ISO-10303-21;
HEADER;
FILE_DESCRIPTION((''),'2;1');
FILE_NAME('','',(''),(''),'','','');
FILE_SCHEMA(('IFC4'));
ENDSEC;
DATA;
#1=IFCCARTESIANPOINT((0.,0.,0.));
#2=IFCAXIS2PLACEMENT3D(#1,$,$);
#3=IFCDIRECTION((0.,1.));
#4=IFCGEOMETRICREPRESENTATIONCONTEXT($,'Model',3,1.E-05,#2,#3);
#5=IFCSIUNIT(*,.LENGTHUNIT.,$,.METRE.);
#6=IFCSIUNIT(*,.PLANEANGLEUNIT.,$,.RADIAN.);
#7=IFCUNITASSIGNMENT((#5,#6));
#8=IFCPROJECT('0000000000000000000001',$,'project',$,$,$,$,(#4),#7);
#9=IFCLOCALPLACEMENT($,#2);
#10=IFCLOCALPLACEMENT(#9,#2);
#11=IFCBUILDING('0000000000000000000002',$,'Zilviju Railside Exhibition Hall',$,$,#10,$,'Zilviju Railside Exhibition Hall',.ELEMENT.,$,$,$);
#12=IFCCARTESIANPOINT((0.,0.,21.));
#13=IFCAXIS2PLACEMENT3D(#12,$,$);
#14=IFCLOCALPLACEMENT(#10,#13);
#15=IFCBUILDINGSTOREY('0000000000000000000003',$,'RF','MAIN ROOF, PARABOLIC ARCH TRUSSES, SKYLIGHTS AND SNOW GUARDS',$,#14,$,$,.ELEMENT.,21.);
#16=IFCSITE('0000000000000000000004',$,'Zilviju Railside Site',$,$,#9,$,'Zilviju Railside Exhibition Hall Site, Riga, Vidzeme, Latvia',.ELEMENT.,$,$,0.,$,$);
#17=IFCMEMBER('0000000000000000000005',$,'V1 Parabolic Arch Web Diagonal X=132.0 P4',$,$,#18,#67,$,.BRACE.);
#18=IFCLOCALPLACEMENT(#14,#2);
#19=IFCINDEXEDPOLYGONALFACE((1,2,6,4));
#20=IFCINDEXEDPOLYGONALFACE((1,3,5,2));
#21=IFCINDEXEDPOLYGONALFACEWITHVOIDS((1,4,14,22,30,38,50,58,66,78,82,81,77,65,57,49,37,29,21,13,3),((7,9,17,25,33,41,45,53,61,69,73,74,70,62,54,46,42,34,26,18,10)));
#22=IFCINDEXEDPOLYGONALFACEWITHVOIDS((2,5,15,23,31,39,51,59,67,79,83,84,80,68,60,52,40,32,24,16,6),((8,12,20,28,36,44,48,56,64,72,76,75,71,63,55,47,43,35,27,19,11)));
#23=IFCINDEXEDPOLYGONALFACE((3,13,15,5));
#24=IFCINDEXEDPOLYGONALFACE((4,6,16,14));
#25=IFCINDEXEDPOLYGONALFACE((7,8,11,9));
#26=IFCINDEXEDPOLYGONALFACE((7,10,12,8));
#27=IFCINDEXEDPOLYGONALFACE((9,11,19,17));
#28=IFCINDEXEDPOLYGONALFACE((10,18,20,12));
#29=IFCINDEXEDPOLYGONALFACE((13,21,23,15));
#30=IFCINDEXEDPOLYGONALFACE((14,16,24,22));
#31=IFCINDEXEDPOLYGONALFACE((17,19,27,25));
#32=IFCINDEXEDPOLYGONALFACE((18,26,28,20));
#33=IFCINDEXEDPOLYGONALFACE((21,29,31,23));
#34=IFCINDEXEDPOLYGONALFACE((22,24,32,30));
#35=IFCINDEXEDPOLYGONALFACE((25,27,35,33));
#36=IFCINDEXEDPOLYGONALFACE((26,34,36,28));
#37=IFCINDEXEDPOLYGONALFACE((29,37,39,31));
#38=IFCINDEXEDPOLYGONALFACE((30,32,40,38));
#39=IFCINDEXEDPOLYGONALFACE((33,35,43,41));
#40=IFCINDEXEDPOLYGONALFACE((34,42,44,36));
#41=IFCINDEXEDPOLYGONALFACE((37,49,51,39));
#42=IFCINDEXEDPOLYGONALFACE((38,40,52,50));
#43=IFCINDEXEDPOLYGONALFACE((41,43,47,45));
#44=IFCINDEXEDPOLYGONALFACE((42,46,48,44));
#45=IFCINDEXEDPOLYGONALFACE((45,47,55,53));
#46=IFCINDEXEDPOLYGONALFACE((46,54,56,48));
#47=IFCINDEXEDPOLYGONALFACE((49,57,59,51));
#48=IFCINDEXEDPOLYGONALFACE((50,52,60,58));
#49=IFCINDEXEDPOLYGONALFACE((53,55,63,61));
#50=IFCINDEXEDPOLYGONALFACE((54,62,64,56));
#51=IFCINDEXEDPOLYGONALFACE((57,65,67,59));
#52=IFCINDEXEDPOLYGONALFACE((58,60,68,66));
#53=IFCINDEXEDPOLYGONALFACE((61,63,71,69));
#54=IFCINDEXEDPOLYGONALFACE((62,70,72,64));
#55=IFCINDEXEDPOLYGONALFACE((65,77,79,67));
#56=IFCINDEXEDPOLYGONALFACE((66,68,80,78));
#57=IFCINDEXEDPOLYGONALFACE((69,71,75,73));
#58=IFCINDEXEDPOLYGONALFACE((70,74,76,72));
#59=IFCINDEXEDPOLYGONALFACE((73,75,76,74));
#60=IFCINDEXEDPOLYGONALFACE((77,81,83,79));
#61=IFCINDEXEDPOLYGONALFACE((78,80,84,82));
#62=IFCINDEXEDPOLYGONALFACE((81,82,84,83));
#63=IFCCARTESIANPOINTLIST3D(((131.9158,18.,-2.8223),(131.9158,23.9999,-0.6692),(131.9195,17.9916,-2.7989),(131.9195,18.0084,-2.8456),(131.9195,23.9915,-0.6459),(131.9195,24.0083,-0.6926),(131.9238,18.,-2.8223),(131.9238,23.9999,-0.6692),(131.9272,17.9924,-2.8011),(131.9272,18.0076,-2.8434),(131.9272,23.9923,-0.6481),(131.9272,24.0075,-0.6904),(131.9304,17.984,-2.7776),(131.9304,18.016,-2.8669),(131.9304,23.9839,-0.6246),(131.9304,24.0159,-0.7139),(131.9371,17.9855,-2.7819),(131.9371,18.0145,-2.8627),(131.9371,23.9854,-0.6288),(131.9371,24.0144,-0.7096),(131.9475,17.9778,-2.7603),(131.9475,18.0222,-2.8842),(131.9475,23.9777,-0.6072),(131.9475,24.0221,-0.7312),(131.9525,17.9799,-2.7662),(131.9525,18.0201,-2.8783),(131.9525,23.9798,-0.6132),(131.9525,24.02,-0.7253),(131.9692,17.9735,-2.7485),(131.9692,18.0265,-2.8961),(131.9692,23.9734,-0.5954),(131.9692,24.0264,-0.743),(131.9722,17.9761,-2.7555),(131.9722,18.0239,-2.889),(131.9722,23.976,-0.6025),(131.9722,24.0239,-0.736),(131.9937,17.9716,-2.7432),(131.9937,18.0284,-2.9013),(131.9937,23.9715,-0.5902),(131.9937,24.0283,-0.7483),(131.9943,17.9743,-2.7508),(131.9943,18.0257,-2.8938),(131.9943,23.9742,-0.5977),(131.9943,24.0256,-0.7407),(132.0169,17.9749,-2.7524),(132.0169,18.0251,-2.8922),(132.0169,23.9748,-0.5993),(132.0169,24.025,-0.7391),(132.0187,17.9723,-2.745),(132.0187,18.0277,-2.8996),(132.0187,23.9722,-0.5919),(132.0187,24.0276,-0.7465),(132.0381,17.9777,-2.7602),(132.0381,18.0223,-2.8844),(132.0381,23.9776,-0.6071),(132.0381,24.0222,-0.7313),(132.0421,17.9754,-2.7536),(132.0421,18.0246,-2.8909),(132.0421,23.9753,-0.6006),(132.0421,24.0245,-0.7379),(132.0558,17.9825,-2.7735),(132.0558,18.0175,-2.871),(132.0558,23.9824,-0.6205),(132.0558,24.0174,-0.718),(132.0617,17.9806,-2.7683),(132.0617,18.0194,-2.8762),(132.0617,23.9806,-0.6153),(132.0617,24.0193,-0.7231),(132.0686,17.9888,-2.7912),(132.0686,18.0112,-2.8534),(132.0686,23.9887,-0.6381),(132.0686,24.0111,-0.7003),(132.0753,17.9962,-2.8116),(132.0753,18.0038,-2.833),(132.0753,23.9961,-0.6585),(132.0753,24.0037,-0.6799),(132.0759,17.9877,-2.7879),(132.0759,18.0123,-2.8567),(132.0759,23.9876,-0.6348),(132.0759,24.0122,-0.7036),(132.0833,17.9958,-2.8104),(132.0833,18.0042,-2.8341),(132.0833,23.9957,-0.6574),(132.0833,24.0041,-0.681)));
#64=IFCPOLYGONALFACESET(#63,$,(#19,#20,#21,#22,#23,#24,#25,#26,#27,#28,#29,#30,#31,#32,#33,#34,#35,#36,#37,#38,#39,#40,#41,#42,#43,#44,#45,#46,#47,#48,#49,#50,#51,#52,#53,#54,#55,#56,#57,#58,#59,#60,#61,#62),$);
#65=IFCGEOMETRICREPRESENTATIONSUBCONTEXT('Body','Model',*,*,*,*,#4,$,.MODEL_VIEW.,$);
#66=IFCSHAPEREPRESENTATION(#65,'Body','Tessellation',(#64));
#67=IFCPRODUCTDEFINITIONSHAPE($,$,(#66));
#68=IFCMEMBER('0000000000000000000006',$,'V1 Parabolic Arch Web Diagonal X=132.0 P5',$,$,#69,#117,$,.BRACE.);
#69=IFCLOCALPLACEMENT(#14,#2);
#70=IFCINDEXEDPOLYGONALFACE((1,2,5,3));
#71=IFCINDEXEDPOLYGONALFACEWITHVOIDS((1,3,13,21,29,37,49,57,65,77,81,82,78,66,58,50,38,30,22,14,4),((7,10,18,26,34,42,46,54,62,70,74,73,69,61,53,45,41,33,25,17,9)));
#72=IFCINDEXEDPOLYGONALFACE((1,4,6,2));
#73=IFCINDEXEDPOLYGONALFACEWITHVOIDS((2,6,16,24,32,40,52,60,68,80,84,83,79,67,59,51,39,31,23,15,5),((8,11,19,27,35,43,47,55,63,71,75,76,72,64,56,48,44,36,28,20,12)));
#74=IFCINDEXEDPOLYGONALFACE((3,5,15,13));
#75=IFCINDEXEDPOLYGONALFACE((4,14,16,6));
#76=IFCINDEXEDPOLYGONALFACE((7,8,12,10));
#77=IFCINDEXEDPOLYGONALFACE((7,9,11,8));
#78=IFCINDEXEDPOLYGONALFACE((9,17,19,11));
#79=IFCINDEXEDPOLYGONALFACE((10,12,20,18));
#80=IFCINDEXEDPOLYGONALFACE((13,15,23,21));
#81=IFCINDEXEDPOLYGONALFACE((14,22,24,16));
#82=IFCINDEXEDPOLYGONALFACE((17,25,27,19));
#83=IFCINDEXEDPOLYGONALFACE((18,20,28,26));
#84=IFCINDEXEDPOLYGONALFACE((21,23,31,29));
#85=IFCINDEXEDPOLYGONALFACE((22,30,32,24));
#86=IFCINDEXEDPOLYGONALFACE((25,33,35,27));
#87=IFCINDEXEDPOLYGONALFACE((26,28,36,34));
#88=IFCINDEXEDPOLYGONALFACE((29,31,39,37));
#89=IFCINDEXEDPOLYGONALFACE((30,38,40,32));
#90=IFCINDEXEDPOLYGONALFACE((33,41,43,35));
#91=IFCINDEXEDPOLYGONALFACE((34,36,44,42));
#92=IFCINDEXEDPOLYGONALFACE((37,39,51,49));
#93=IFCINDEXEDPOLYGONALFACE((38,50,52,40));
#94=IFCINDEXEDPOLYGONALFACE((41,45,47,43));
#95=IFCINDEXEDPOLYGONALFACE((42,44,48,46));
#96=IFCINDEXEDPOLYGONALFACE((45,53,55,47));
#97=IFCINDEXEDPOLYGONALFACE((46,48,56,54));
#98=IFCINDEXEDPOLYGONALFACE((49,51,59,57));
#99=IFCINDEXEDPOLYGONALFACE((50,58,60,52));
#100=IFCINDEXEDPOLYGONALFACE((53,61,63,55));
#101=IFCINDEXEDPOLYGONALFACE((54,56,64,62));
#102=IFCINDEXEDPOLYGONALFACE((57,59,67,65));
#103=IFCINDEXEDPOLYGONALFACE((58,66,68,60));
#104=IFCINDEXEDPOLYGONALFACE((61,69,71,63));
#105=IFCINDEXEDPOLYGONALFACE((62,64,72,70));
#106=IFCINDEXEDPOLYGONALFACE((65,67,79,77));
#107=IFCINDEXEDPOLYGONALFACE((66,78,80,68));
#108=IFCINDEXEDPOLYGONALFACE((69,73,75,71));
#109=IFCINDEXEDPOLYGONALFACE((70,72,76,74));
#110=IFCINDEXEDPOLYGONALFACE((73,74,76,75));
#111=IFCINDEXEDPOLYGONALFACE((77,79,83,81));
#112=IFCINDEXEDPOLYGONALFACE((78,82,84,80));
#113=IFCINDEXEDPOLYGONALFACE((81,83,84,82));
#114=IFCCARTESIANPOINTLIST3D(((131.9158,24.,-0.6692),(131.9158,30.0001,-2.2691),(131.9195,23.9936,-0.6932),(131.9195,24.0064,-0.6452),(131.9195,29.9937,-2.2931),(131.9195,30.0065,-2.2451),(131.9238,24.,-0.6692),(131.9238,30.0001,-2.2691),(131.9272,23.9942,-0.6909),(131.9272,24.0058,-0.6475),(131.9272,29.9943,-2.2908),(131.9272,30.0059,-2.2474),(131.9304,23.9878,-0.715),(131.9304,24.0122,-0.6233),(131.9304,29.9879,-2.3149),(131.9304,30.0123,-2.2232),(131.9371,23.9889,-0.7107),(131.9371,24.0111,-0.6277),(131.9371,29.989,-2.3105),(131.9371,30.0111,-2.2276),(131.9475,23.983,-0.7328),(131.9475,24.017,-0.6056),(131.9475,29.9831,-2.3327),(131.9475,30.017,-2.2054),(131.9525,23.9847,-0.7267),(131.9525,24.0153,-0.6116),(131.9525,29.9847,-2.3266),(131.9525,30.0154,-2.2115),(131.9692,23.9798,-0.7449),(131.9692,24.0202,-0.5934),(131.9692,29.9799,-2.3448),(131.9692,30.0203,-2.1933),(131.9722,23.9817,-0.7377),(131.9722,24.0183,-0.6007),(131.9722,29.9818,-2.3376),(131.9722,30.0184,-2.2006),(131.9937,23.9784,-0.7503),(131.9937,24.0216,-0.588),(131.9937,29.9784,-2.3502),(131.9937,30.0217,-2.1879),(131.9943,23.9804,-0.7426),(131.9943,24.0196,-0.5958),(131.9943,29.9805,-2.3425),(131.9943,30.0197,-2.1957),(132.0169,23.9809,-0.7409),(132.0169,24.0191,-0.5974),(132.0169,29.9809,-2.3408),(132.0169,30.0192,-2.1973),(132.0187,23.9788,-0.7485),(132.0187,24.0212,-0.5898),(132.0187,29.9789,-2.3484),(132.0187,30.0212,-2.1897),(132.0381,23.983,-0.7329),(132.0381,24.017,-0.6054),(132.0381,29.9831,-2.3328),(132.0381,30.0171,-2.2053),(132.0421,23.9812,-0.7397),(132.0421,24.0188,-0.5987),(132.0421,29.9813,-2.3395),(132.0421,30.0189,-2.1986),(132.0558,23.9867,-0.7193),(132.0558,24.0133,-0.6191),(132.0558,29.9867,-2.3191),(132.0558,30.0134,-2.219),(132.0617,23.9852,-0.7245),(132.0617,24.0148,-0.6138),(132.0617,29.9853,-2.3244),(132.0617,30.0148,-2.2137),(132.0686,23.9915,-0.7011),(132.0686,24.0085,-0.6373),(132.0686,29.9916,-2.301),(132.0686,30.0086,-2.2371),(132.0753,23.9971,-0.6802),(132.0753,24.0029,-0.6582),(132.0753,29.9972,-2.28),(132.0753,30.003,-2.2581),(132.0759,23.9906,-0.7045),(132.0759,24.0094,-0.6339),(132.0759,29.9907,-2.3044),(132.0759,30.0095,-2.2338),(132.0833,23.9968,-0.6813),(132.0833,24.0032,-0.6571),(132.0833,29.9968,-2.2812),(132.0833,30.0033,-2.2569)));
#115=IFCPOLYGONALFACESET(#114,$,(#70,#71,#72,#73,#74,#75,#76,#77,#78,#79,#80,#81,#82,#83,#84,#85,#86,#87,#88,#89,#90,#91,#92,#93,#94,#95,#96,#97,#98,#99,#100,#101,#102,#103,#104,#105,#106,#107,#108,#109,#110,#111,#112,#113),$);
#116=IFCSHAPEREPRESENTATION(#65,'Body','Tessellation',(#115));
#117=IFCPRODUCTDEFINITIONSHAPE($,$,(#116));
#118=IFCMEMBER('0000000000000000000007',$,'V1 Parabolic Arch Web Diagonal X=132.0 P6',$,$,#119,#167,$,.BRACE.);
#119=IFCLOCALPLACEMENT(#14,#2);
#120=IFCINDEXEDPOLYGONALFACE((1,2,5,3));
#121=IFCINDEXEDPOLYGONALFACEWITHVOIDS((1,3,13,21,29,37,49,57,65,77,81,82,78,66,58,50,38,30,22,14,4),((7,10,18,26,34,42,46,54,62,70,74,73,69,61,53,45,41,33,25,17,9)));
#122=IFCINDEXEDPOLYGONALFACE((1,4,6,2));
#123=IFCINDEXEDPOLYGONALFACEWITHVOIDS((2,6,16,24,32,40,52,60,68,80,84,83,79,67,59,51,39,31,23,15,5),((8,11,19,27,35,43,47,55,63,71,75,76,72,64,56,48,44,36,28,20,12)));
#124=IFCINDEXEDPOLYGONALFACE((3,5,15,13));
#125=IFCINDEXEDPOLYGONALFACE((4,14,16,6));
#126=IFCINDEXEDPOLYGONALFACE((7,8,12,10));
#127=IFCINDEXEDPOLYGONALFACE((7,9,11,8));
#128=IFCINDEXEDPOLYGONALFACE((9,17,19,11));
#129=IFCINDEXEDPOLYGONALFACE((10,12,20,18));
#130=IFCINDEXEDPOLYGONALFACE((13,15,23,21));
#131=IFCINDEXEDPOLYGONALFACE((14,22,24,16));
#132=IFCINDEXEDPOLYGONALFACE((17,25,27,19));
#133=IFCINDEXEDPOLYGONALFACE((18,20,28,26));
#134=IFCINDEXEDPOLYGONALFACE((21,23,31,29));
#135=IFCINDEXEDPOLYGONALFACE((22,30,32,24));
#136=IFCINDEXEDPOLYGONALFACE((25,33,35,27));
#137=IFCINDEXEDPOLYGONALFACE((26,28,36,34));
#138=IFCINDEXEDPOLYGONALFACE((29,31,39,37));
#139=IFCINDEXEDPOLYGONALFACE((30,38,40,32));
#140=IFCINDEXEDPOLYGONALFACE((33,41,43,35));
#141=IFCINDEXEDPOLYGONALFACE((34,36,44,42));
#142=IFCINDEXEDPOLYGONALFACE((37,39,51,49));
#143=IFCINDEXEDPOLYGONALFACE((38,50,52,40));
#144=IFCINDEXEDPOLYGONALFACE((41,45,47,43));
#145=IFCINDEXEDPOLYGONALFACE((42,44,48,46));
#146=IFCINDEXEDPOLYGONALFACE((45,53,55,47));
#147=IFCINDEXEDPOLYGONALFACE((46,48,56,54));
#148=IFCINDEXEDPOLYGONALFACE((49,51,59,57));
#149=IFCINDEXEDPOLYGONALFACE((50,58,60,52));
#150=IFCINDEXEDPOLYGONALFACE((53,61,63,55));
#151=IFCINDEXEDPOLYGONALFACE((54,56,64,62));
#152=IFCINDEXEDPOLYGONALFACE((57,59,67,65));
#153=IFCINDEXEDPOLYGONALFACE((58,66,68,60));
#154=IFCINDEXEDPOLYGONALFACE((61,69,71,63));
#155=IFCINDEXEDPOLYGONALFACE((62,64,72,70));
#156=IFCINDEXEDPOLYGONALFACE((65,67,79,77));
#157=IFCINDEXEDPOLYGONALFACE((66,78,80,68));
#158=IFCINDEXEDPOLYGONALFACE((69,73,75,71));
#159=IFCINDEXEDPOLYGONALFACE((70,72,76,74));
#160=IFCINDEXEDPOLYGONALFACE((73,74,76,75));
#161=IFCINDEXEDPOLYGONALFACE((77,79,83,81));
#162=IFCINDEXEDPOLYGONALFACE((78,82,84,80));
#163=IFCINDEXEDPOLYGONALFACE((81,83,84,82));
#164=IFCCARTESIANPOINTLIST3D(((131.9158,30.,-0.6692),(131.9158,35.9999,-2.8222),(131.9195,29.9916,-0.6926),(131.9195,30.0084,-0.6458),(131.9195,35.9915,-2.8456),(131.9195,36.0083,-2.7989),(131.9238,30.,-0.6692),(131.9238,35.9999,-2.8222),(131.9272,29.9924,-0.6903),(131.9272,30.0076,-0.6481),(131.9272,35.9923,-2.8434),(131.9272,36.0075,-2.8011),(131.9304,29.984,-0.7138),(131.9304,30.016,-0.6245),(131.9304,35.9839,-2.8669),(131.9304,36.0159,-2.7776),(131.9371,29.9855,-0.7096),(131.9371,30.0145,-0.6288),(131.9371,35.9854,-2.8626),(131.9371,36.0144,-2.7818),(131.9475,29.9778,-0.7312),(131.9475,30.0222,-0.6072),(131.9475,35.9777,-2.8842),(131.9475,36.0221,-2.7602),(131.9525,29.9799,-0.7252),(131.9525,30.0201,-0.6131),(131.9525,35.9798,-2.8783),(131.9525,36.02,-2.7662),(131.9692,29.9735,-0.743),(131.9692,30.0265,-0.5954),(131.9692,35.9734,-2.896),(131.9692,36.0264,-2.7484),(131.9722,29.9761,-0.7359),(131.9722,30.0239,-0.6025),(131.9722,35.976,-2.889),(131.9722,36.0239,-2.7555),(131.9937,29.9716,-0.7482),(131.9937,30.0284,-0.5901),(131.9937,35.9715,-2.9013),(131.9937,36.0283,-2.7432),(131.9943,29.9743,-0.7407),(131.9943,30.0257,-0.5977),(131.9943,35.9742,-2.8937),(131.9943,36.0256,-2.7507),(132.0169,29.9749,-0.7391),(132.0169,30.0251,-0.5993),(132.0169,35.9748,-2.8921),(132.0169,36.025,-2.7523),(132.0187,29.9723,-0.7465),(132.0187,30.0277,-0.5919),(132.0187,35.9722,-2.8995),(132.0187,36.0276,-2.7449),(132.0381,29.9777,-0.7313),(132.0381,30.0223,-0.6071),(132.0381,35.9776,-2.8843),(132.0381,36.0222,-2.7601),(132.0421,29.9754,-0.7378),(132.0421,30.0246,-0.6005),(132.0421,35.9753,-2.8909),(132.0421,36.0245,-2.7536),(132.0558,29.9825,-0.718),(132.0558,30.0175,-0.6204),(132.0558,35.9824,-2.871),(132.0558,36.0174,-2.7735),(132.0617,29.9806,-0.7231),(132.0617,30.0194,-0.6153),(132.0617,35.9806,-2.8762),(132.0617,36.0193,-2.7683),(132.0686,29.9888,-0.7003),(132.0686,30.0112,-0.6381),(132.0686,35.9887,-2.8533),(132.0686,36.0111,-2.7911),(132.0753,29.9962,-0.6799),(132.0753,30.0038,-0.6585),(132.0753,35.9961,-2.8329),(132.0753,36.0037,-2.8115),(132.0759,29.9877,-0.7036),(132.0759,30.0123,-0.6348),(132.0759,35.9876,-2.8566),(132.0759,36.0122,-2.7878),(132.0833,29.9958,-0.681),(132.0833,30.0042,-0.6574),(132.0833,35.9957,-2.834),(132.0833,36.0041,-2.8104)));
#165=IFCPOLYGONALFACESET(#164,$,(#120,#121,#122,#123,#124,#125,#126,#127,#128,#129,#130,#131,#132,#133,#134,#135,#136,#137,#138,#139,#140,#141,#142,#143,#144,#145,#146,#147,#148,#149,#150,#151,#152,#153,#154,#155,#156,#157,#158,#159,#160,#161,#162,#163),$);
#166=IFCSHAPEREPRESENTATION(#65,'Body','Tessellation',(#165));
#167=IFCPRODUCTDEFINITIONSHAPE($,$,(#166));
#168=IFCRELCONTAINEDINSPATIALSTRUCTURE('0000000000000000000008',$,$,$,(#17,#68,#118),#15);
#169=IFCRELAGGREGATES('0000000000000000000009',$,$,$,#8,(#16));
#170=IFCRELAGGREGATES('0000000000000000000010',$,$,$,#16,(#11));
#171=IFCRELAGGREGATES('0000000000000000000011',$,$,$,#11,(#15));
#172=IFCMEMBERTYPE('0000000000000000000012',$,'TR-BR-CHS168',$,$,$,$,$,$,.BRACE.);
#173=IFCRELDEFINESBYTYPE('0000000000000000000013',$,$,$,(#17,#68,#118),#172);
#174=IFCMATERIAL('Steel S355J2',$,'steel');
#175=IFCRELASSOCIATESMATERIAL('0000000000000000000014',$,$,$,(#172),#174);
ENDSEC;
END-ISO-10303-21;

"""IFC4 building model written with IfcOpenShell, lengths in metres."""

from ifc_helpers import new_model, si_unit, direction, frame, origin, origin_2d, place, context, subcontext, project, spatial, hollow_circle, extrude, material, material_profile, profile_set, type_object, element, save


model = new_model("IFC4")

# Units and contexts
model_context = context("Model", 3, precision=1e-05, world=origin(), true_north=direction((0.0, 1.0)))
body_context = subcontext(model_context, "Body", "Model", "MODEL_VIEW")
ifc_project = project(units=[si_unit("LENGTHUNIT", "METRE"), si_unit("PLANEANGLEUNIT", "RADIAN")], contexts=[model_context])

# Site, building, storey
site_placement = place(None, origin())
site = spatial("IfcSite", under=ifc_project, at=site_placement, Name="Zilviju Railside Site", LongName="Zilviju Railside Exhibition Hall Site, Riga, Vidzeme, Latvia", CompositionType="ELEMENT", RefElevation=0.0)
building_placement = place(site_placement, origin())
building = spatial("IfcBuilding", under=site, at=building_placement, Name="Zilviju Railside Exhibition Hall", LongName="Zilviju Railside Exhibition Hall", CompositionType="ELEMENT")
storey_placement = place(building_placement, frame((0.0, 0.0, 21.0)))
storey = spatial("IfcBuildingStorey", under=building, at=storey_placement, Name="RF", Description="MAIN ROOF, PARABOLIC ARCH TRUSSES, SKYLIGHTS AND SNOW GUARDS", CompositionType="ELEMENT", Elevation=21.0)

# Members
ifc_material_1 = material(Name="Steel S355J2", Category="steel")
ifc_material_profile_1 = material_profile(ifc_material_1, hollow_circle(Radius=0.0842, WallThickness=0.0081, at=origin_2d()), Name="CHS 168.3x8.0")
ifc_profile_set_1 = profile_set([ifc_material_profile_1], Name="Steel S355J2")
member_type_1 = type_object("IfcMemberType", Name="TR-BR-CHS168", PredefinedType="BRACE", material=ifc_profile_set_1)
member_1_placement = place(storey_placement, frame((132.0, 18.0, -2.8223), z_axis=(0.0, 0.941233, 0.337758), x_axis=(-1.0, 0.0, 0.0)))
element("IfcMember", 1, at=member_1_placement, inside=storey, type_object=member_type_1, Name="V1 Parabolic Arch Web Diagonal X=132.0 P4", PredefinedType="BRACE", context=body_context, shape_type="SweptSolid", body=[
    extrude(hollow_circle(Radius=0.0842, WallThickness=0.0081, at=origin_2d()), origin(), (0.0, 0.0, 1.0), 6.3745),
])
member_2_placement = place(storey_placement, frame((132.0, 24.0, -0.6692), z_axis=(0.0, 0.966241, -0.257641), x_axis=(-1.0, 0.0, 0.0)))
element("IfcMember", 2, at=member_2_placement, inside=storey, type_object=member_type_1, Name="V1 Parabolic Arch Web Diagonal X=132.0 P5", PredefinedType="BRACE", context=body_context, shape_type="SweptSolid", body=[
    extrude(hollow_circle(Radius=0.0842, WallThickness=0.0081, at=origin_2d()), origin(), (0.0, 0.0, 1.0), 6.2097),
])
member_3_placement = place(storey_placement, frame((132.0, 30.0, -0.6692), z_axis=(0.0, 0.941233, -0.337758), x_axis=(-1.0, 0.0, 0.0)))
element("IfcMember", 3, at=member_3_placement, inside=storey, type_object=member_type_1, Name="V1 Parabolic Arch Web Diagonal X=132.0 P6", PredefinedType="BRACE", context=body_context, shape_type="SweptSolid", body=[
    extrude(hollow_circle(Radius=0.0842, WallThickness=0.0081, at=origin_2d()), origin(), (0.0, 0.0, 1.0), 6.3745),
])

save(model, "model.ifc")
